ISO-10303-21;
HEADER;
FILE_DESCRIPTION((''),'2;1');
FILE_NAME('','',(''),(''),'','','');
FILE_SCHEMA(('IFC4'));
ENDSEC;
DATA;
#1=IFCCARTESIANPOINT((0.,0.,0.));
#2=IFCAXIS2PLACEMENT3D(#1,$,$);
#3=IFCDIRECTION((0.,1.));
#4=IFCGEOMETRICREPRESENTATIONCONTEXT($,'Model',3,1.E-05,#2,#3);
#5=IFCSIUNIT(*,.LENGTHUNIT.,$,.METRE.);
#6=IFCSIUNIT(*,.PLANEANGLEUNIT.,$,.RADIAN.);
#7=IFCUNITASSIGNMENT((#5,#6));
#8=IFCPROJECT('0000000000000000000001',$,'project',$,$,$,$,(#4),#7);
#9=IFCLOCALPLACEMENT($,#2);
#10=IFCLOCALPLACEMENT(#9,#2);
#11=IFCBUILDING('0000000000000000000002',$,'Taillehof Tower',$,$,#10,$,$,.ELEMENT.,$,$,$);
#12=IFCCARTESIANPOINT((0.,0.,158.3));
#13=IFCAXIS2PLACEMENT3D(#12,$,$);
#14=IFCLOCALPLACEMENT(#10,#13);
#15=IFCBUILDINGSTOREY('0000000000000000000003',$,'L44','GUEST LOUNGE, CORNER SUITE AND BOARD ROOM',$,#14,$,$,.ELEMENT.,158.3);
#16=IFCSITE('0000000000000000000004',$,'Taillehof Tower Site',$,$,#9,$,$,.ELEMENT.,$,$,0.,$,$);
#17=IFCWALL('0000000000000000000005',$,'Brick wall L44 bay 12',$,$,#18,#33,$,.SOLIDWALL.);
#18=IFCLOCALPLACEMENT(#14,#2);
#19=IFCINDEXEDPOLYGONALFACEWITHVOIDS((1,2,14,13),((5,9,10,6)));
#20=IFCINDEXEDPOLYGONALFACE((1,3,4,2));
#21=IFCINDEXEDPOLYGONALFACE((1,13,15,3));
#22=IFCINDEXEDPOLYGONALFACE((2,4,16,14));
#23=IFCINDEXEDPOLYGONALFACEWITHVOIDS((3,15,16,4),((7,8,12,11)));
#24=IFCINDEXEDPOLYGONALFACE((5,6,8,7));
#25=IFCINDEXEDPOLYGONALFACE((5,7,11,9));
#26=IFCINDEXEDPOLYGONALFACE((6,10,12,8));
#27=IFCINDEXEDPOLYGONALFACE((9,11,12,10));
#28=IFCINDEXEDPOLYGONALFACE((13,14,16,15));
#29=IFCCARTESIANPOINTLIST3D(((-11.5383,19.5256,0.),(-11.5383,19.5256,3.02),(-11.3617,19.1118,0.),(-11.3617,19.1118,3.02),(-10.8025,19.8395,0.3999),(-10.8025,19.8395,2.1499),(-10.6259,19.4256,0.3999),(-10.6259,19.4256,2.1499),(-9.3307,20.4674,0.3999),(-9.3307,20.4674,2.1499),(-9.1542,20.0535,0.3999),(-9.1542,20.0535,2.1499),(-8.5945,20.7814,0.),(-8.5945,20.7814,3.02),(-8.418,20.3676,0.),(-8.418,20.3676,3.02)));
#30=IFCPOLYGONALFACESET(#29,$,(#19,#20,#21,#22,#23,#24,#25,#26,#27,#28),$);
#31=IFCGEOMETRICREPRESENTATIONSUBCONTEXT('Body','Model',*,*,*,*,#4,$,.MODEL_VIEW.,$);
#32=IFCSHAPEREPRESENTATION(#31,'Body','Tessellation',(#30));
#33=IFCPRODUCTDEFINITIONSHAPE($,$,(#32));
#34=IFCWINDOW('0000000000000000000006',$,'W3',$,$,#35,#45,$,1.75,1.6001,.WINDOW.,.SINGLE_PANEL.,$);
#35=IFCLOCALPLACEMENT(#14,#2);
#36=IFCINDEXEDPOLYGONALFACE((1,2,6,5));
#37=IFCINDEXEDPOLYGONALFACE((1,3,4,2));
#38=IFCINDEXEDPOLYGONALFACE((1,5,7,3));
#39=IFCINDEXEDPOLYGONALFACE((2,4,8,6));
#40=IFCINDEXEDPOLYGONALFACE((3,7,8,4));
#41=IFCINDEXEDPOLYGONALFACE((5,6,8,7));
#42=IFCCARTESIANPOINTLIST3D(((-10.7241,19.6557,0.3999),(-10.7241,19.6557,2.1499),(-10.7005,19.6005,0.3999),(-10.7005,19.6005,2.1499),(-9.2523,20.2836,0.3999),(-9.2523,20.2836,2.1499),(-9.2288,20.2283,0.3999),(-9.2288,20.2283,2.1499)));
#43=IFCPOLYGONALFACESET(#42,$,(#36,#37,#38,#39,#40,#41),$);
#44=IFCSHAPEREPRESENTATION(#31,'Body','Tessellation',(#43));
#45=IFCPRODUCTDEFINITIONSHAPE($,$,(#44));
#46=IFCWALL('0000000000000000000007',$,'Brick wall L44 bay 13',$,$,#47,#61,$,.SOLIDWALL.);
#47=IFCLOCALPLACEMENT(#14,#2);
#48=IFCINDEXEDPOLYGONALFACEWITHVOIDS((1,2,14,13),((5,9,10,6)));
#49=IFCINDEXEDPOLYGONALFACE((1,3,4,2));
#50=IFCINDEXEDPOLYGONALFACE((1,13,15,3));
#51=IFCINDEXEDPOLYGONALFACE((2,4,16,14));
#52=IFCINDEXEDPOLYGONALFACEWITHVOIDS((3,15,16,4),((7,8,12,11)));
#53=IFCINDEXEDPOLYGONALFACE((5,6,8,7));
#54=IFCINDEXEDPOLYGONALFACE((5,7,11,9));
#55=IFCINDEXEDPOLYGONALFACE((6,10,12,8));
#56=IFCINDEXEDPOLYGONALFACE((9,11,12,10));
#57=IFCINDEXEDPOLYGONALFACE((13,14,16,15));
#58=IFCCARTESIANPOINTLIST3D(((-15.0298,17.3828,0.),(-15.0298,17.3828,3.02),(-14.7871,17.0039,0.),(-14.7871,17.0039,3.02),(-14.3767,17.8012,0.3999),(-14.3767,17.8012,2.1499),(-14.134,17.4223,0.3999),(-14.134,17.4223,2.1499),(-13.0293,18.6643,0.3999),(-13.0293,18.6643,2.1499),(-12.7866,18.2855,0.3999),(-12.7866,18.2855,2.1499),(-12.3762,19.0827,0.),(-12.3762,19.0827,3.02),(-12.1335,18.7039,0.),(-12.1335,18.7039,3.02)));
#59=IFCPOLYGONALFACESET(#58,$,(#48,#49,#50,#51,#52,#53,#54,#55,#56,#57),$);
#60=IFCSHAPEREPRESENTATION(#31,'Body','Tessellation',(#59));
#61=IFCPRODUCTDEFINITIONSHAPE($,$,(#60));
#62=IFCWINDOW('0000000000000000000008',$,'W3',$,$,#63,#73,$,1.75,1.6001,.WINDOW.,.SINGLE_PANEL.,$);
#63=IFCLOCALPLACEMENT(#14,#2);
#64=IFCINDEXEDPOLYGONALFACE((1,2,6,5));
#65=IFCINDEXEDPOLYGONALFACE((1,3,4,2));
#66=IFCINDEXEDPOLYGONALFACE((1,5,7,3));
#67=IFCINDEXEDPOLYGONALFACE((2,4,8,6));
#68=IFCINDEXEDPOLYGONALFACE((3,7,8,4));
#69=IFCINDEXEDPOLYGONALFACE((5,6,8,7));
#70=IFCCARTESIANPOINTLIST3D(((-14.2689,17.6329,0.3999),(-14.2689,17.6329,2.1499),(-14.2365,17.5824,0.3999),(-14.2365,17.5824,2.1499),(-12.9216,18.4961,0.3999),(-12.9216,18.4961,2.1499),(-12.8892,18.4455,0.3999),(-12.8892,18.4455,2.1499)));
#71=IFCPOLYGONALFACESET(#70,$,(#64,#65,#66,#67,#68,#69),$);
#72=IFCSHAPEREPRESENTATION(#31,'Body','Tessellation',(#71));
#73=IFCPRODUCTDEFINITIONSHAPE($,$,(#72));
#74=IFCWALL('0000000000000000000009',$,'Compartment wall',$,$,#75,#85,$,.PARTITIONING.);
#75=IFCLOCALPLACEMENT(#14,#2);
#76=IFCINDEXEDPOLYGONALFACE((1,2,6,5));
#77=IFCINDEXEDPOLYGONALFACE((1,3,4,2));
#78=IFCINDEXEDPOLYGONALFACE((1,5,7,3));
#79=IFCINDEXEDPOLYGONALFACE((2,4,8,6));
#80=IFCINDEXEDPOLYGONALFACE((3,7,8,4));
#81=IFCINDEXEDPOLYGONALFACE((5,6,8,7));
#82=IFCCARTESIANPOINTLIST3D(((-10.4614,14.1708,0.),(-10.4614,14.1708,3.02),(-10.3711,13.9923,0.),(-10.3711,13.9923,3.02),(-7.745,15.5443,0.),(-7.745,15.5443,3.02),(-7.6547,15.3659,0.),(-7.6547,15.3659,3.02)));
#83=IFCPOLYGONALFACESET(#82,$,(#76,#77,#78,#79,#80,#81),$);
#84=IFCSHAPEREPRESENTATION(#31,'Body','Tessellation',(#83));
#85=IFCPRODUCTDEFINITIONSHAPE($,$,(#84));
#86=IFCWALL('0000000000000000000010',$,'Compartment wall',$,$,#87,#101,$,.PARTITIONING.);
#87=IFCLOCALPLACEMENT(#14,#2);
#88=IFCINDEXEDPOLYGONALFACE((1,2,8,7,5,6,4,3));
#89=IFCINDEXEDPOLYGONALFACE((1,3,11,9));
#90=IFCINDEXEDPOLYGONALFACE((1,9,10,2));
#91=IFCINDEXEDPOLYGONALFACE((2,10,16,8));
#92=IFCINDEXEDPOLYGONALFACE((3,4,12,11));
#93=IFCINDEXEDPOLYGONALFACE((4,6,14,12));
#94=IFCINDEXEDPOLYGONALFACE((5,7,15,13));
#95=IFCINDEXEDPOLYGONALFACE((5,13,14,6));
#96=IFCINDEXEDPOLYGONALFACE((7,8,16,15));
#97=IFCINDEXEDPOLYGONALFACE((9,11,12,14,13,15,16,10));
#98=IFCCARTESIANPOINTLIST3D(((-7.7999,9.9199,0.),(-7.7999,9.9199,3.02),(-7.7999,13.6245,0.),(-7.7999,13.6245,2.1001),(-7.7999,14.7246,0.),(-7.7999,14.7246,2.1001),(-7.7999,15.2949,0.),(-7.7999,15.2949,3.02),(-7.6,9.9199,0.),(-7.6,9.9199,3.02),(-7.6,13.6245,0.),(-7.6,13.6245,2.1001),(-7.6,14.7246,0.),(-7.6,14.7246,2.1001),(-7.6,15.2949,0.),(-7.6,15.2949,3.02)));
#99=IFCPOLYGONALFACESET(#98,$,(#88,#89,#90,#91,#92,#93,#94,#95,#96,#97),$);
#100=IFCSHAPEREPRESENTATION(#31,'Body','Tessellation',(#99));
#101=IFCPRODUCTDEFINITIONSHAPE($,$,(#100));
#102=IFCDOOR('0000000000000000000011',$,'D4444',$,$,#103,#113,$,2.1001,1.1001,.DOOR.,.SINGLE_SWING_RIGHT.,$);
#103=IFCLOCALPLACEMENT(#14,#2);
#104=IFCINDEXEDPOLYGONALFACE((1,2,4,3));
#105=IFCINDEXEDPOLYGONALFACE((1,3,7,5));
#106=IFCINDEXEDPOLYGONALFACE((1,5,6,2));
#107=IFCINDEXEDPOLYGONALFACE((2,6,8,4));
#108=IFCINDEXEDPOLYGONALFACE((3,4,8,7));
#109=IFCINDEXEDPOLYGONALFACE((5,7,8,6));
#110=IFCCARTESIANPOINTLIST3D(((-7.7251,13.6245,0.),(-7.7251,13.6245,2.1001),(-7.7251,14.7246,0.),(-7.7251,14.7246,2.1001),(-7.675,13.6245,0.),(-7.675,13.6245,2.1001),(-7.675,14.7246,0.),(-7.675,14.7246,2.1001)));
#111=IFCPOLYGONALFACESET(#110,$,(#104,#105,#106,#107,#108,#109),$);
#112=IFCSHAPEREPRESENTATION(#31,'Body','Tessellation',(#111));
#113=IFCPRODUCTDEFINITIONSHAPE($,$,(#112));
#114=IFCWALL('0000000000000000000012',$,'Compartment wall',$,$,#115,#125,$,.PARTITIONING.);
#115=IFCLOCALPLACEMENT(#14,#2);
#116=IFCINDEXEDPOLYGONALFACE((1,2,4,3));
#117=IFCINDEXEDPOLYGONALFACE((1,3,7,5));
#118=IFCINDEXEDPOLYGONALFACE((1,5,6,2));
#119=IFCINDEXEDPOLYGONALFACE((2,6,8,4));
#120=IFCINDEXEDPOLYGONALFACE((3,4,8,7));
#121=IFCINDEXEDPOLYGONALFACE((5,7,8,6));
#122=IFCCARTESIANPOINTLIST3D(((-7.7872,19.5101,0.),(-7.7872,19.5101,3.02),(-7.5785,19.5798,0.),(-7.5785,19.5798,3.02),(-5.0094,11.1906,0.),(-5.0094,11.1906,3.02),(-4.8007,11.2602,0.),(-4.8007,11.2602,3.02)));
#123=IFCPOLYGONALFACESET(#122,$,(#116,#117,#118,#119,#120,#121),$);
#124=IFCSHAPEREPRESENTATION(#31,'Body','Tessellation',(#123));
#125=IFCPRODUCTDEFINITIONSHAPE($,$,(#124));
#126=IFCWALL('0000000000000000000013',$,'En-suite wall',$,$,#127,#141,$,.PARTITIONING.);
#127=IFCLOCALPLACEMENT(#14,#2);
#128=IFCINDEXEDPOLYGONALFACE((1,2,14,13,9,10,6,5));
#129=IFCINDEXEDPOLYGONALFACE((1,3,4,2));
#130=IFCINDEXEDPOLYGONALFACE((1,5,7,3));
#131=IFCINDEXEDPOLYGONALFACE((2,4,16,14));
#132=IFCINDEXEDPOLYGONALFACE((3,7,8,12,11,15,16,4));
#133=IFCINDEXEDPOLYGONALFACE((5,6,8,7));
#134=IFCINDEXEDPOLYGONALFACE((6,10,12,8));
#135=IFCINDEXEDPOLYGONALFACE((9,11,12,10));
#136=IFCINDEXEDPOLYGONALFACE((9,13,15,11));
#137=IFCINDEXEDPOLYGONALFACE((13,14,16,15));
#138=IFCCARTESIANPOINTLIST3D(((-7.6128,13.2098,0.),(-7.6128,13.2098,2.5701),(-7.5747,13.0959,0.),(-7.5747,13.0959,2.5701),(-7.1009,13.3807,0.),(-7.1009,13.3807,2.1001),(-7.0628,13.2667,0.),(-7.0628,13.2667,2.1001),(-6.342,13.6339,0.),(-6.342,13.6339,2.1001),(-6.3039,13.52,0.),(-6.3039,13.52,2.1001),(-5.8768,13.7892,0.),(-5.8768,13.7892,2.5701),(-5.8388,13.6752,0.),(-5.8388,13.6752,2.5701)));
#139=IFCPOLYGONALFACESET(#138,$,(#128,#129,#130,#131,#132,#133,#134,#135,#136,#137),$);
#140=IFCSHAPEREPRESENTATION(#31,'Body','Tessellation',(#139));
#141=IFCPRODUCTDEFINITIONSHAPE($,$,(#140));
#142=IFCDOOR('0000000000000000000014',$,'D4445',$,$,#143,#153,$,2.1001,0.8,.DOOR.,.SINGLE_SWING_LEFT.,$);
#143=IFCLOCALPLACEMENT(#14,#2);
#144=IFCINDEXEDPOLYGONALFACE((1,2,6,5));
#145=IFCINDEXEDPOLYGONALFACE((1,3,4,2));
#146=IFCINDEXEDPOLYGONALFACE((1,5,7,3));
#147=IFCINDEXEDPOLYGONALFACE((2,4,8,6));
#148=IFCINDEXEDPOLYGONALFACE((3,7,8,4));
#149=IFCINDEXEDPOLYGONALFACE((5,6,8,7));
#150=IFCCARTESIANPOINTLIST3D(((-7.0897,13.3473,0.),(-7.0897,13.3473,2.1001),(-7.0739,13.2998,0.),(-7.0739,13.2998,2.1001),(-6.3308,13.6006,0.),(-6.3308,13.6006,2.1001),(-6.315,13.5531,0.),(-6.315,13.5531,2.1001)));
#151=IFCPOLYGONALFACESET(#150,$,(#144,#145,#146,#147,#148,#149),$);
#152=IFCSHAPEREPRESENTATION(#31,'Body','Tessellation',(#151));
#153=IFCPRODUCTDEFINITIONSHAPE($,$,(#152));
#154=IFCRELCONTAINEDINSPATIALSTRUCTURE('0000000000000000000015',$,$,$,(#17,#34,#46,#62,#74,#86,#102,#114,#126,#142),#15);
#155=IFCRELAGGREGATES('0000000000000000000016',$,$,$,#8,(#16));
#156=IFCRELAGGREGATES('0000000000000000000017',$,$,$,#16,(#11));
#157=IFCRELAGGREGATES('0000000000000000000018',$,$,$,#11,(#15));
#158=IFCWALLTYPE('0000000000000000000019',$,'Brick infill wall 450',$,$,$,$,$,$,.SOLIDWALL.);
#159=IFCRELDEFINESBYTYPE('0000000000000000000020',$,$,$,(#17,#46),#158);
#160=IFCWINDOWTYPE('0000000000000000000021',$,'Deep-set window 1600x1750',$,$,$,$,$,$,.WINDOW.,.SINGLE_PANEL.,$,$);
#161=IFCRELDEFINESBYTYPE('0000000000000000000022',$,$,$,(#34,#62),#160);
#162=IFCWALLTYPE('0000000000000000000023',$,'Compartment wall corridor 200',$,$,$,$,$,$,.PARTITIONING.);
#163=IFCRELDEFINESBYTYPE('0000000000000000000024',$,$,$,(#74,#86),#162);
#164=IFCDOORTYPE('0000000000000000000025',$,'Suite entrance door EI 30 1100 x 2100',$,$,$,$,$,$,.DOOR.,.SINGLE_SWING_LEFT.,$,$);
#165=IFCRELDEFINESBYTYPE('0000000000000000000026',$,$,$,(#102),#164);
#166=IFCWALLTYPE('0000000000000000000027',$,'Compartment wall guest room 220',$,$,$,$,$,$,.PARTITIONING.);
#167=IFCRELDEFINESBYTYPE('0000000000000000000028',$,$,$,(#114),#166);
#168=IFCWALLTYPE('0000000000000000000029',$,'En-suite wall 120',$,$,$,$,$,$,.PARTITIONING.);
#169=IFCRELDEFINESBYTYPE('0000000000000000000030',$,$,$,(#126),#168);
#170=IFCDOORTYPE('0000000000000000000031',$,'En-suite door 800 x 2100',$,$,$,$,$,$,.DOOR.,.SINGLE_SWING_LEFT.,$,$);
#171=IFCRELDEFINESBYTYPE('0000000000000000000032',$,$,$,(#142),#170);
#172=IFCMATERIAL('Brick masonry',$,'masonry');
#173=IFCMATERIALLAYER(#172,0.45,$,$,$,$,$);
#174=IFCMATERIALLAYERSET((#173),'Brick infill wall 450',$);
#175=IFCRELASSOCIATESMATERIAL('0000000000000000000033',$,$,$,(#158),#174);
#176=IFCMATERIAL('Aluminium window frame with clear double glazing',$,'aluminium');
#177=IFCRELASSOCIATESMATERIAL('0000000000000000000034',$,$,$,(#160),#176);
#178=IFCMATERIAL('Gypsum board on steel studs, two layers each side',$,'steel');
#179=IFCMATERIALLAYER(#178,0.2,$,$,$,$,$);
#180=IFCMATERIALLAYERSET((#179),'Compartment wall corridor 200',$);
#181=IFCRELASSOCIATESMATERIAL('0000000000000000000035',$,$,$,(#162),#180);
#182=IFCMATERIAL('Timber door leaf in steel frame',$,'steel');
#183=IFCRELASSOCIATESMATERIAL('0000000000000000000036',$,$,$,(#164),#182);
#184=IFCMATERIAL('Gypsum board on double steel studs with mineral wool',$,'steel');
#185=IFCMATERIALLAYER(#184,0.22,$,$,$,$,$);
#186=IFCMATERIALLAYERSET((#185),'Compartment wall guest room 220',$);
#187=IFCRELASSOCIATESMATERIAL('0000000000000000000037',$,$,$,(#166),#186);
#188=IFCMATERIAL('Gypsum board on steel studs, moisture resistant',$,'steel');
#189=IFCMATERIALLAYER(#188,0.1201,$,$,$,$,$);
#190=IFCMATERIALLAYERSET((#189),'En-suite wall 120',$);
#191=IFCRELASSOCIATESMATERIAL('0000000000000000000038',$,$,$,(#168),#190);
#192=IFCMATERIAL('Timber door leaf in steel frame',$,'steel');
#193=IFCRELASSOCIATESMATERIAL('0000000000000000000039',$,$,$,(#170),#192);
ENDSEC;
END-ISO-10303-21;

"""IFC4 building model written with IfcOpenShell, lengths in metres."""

from ifc_helpers import new_model, si_unit, direction, frame, frame_2d, origin, place, context, subcontext, project, spatial, rectangle, extrude, material, layer, layer_set, type_object, element, fill, save


model = new_model("IFC4")

# Units and contexts
model_context = context("Model", 3, precision=1e-05, world=origin(), true_north=direction((0.0, 1.0)))
body_context = subcontext(model_context, "Body", "Model", "MODEL_VIEW")
ifc_project = project(units=[si_unit("LENGTHUNIT", "METRE"), si_unit("PLANEANGLEUNIT", "RADIAN")], contexts=[model_context])

# Site, building, storey
site_placement = place(None, origin())
site = spatial("IfcSite", under=ifc_project, at=site_placement, Name="Taillehof Tower Site", CompositionType="ELEMENT", RefElevation=0.0)
building_placement = place(site_placement, origin())
building = spatial("IfcBuilding", under=site, at=building_placement, Name="Taillehof Tower", CompositionType="ELEMENT")
storey_placement = place(building_placement, frame((0.0, 0.0, 158.3)))
storey = spatial("IfcBuildingStorey", under=building, at=storey_placement, Name="L44", Description="GUEST LOUNGE, CORNER SUITE AND BOARD ROOM", CompositionType="ELEMENT", Elevation=158.3)

# Walls, openings, windows
ifc_material_1 = material(Name="Brick masonry", Category="masonry")
ifc_layer_1 = layer(ifc_material_1, 0.45)
ifc_layer_set_1 = layer_set([ifc_layer_1], Name="Brick infill wall 450")
wall_type_1 = type_object("IfcWallType", Name="Brick infill wall 450", PredefinedType="SOLIDWALL", material=ifc_layer_set_1)
ifc_material_2 = material(Name="Aluminium window frame with clear double glazing", Category="aluminium")
window_type = type_object("IfcWindowType", Name="Deep-set window 1600x1750", PartitioningType="SINGLE_PANEL", PredefinedType="WINDOW", material=ifc_material_2)
wall_1_placement = place(storey_placement, frame((-8.5063, 20.5745, 0.0), z_axis=(0.0, 0.0, 1.0), x_axis=(-0.919799, -0.39239, 0.0)))
wall_1 = element("IfcWall", 1, at=wall_1_placement, inside=storey, type_object=wall_type_1, Name="Brick wall L44 bay 12", PredefinedType="SOLIDWALL", context=body_context, shape_type="SweptSolid", body=[
    extrude(rectangle(XDim=3.2004, YDim=0.45, at=frame_2d((1.6001, 0.0))), origin(), (0.0, 0.0, 1.0), 3.02),
])
opening_1_placement = place(wall_1_placement, frame((0.8003, 0.0, 0.3999)))
opening_1 = element("IfcOpeningElement", 2, at=opening_1_placement, cuts=wall_1, PredefinedType="OPENING", context=body_context, shape_type="SweptSolid", body=[
    extrude(rectangle(XDim=1.6001, YDim=1.75, at=frame_2d((0.8, 0.875))), frame((0.0, 0.2349, 0.0), z_axis=(0.0, -1.0, 0.0), x_axis=(1.0, 0.0, 0.0)), (0.0, 0.0, 1.0), 0.47),
])
window_1_placement = place(opening_1_placement, origin())
window_1 = element("IfcWindow", 3, at=window_1_placement, inside=storey, type_object=window_type, Name="W3", OverallHeight=1.75, OverallWidth=1.6001, PartitioningType="SINGLE_PANEL", PredefinedType="WINDOW", context=body_context, shape_type="SweptSolid", body=[
    extrude(rectangle(XDim=1.6001, YDim=1.75, at=frame_2d((0.8, 0.875))), frame((0.0, 0.0349, 0.0), z_axis=(0.0, -1.0, 0.0), x_axis=(1.0, 0.0, 0.0)), (0.0, 0.0, 1.0), 0.0601),
])
fill(opening_1, window_1)
wall_2_placement = place(storey_placement, frame((-12.2549, 18.8933, 0.0), z_axis=(0.0, 0.0, 1.0), x_axis=(-0.842031, -0.53943, 0.0)))
wall_2 = element("IfcWall", 4, at=wall_2_placement, inside=storey, type_object=wall_type_1, Name="Brick wall L44 bay 13", PredefinedType="SOLIDWALL", context=body_context, shape_type="SweptSolid", body=[
    extrude(rectangle(XDim=3.1514, YDim=0.45, at=frame_2d((1.5757, 0.0))), origin(), (0.0, 0.0, 1.0), 3.02),
])
opening_2_placement = place(wall_2_placement, frame((0.7756, 0.0, 0.3999)))
opening_2 = element("IfcOpeningElement", 5, at=opening_2_placement, cuts=wall_2, PredefinedType="OPENING", context=body_context, shape_type="SweptSolid", body=[
    extrude(rectangle(XDim=1.6001, YDim=1.75, at=frame_2d((0.8, 0.875))), frame((0.0, 0.2349, 0.0), z_axis=(0.0, -1.0, 0.0), x_axis=(1.0, 0.0, 0.0)), (0.0, 0.0, 1.0), 0.47),
])
window_2_placement = place(opening_2_placement, origin())
window_2 = element("IfcWindow", 6, at=window_2_placement, inside=storey, type_object=window_type, Name="W3", OverallHeight=1.75, OverallWidth=1.6001, PartitioningType="SINGLE_PANEL", PredefinedType="WINDOW", context=body_context, shape_type="SweptSolid", body=[
    extrude(rectangle(XDim=1.6001, YDim=1.75, at=frame_2d((0.8, 0.875))), frame((0.0, 0.0349, 0.0), z_axis=(0.0, -1.0, 0.0), x_axis=(1.0, 0.0, 0.0)), (0.0, 0.0, 1.0), 0.0601),
])
fill(opening_2, window_2)

# Wall
ifc_material_3 = material(Name="Gypsum board on steel studs, two layers each side", Category="steel")
ifc_layer_2 = layer(ifc_material_3, 0.2)
ifc_layer_set_2 = layer_set([ifc_layer_2], Name="Compartment wall corridor 200")
wall_type_2 = type_object("IfcWallType", Name="Compartment wall corridor 200", PredefinedType="PARTITIONING", material=ifc_layer_set_2)
wall_3_placement = place(storey_placement, frame((-10.4163, 14.0815, 0.0), z_axis=(0.0, 0.0, 1.0), x_axis=(0.892397, 0.451252, 0.0)))
element("IfcWall", 7, at=wall_3_placement, inside=storey, type_object=wall_type_2, Name="Compartment wall", PredefinedType="PARTITIONING", context=body_context, shape_type="SweptSolid", body=[
    extrude(rectangle(XDim=3.0439, YDim=0.2, at=frame_2d((1.522, 0.0))), origin(), (0.0, 0.0, 1.0), 3.02),
])

# Wall, opening, door
wall_4_placement = place(storey_placement, frame((-7.7, 15.2949, 0.0), z_axis=(0.0, 0.0, 1.0), x_axis=(0.0, -1.0, 0.0)))
wall_4 = element("IfcWall", 8, at=wall_4_placement, inside=storey, type_object=wall_type_2, Name="Compartment wall", PredefinedType="PARTITIONING", context=body_context, shape_type="SweptSolid", body=[
    extrude(rectangle(XDim=5.375, YDim=0.2, at=frame_2d((2.6875, 0.0))), origin(), (0.0, 0.0, 1.0), 3.02),
])
opening_3_placement = place(wall_4_placement, frame((0.5703, 0.0, 0.0)))
opening_3 = element("IfcOpeningElement", 9, at=opening_3_placement, cuts=wall_4, PredefinedType="OPENING", context=body_context, shape_type="SweptSolid", body=[
    extrude(rectangle(XDim=1.1001, YDim=2.1001, at=frame_2d((0.55, 1.05))), frame((0.0, 0.1099, 0.0), z_axis=(0.0, -1.0, 0.0), x_axis=(1.0, 0.0, 0.0)), (0.0, 0.0, 1.0), 0.22),
])
ifc_material_4 = material(Name="Timber door leaf in steel frame", Category="steel")
door_type_1 = type_object("IfcDoorType", Name="Suite entrance door EI 30 1100 x 2100", OperationType="SINGLE_SWING_LEFT", PredefinedType="DOOR", material=ifc_material_4)
door_1_placement = place(opening_3_placement, origin())
door_1 = element("IfcDoor", 10, at=door_1_placement, inside=storey, type_object=door_type_1, Name="D4444", OperationType="SINGLE_SWING_RIGHT", OverallHeight=2.1001, OverallWidth=1.1001, PredefinedType="DOOR", context=body_context, shape_type="SweptSolid", body=[
    extrude(rectangle(XDim=1.1001, YDim=2.1001, at=frame_2d((0.55, 1.05))), frame((0.0, 0.0249, 0.0), z_axis=(0.0, -1.0, 0.0), x_axis=(1.0, 0.0, 0.0)), (0.0, 0.0, 1.0), 0.05),
])
fill(opening_3, door_1)

# Wall
ifc_material_5 = material(Name="Gypsum board on double steel studs with mineral wool", Category="steel")
ifc_layer_3 = layer(ifc_material_5, 0.22)
ifc_layer_set_3 = layer_set([ifc_layer_3], Name="Compartment wall guest room 220")
wall_type_3 = type_object("IfcWallType", Name="Compartment wall guest room 220", PredefinedType="PARTITIONING", material=ifc_layer_set_3)
wall_5_placement = place(storey_placement, frame((-7.6829, 19.5449, 0.0), z_axis=(0.0, 0.0, 1.0), x_axis=(0.316704, -0.948525, 0.0)))
element("IfcWall", 11, at=wall_5_placement, inside=storey, type_object=wall_type_3, Name="Compartment wall", PredefinedType="PARTITIONING", context=body_context, shape_type="SweptSolid", body=[
    extrude(rectangle(XDim=8.771, YDim=0.22, at=frame_2d((4.3855, 0.0))), origin(), (0.0, 0.0, 1.0), 3.02),
])

# Wall, opening, door
ifc_material_6 = material(Name="Gypsum board on steel studs, moisture resistant", Category="steel")
ifc_layer_4 = layer(ifc_material_6, 0.1201)
ifc_layer_set_4 = layer_set([ifc_layer_4], Name="En-suite wall 120")
wall_type_4 = type_object("IfcWallType", Name="En-suite wall 120", PredefinedType="PARTITIONING", material=ifc_layer_set_4)
wall_6_placement = place(storey_placement, frame((-7.5938, 13.1528, 0.0), z_axis=(0.0, 0.0, 1.0), x_axis=(0.948563, 0.316588, 0.0)))
wall_6 = element("IfcWall", 12, at=wall_6_placement, inside=storey, type_object=wall_type_4, Name="En-suite wall", PredefinedType="PARTITIONING", context=body_context, shape_type="SweptSolid", body=[
    extrude(rectangle(XDim=1.8301, YDim=0.1201, at=frame_2d((0.915, 0.0))), origin(), (0.0, 0.0, 1.0), 2.5701),
])
opening_4_placement = place(wall_6_placement, frame((0.5398, 0.0, 0.0)))
opening_4 = element("IfcOpeningElement", 13, at=opening_4_placement, cuts=wall_6, PredefinedType="OPENING", context=body_context, shape_type="SweptSolid", body=[
    extrude(rectangle(XDim=0.8, YDim=2.1001, at=frame_2d((0.3999, 1.05))), frame((0.0, 0.0701, 0.0), z_axis=(0.0, -1.0, 0.0), x_axis=(1.0, 0.0, 0.0)), (0.0, 0.0, 1.0), 0.1401),
])
ifc_material_7 = material(Name="Timber door leaf in steel frame", Category="steel")
door_type_2 = type_object("IfcDoorType", Name="En-suite door 800 x 2100", OperationType="SINGLE_SWING_LEFT", PredefinedType="DOOR", material=ifc_material_7)
door_2_placement = place(opening_4_placement, origin())
door_2 = element("IfcDoor", 14, at=door_2_placement, inside=storey, type_object=door_type_2, Name="D4445", OperationType="SINGLE_SWING_LEFT", OverallHeight=2.1001, OverallWidth=0.8, PredefinedType="DOOR", context=body_context, shape_type="SweptSolid", body=[
    extrude(rectangle(XDim=0.8, YDim=2.1001, at=frame_2d((0.3999, 1.05))), frame((0.0, 0.0249, 0.0), z_axis=(0.0, -1.0, 0.0), x_axis=(1.0, 0.0, 0.0)), (0.0, 0.0, 1.0), 0.05),
])
fill(opening_4, door_2)

save(model, "model.ifc")
